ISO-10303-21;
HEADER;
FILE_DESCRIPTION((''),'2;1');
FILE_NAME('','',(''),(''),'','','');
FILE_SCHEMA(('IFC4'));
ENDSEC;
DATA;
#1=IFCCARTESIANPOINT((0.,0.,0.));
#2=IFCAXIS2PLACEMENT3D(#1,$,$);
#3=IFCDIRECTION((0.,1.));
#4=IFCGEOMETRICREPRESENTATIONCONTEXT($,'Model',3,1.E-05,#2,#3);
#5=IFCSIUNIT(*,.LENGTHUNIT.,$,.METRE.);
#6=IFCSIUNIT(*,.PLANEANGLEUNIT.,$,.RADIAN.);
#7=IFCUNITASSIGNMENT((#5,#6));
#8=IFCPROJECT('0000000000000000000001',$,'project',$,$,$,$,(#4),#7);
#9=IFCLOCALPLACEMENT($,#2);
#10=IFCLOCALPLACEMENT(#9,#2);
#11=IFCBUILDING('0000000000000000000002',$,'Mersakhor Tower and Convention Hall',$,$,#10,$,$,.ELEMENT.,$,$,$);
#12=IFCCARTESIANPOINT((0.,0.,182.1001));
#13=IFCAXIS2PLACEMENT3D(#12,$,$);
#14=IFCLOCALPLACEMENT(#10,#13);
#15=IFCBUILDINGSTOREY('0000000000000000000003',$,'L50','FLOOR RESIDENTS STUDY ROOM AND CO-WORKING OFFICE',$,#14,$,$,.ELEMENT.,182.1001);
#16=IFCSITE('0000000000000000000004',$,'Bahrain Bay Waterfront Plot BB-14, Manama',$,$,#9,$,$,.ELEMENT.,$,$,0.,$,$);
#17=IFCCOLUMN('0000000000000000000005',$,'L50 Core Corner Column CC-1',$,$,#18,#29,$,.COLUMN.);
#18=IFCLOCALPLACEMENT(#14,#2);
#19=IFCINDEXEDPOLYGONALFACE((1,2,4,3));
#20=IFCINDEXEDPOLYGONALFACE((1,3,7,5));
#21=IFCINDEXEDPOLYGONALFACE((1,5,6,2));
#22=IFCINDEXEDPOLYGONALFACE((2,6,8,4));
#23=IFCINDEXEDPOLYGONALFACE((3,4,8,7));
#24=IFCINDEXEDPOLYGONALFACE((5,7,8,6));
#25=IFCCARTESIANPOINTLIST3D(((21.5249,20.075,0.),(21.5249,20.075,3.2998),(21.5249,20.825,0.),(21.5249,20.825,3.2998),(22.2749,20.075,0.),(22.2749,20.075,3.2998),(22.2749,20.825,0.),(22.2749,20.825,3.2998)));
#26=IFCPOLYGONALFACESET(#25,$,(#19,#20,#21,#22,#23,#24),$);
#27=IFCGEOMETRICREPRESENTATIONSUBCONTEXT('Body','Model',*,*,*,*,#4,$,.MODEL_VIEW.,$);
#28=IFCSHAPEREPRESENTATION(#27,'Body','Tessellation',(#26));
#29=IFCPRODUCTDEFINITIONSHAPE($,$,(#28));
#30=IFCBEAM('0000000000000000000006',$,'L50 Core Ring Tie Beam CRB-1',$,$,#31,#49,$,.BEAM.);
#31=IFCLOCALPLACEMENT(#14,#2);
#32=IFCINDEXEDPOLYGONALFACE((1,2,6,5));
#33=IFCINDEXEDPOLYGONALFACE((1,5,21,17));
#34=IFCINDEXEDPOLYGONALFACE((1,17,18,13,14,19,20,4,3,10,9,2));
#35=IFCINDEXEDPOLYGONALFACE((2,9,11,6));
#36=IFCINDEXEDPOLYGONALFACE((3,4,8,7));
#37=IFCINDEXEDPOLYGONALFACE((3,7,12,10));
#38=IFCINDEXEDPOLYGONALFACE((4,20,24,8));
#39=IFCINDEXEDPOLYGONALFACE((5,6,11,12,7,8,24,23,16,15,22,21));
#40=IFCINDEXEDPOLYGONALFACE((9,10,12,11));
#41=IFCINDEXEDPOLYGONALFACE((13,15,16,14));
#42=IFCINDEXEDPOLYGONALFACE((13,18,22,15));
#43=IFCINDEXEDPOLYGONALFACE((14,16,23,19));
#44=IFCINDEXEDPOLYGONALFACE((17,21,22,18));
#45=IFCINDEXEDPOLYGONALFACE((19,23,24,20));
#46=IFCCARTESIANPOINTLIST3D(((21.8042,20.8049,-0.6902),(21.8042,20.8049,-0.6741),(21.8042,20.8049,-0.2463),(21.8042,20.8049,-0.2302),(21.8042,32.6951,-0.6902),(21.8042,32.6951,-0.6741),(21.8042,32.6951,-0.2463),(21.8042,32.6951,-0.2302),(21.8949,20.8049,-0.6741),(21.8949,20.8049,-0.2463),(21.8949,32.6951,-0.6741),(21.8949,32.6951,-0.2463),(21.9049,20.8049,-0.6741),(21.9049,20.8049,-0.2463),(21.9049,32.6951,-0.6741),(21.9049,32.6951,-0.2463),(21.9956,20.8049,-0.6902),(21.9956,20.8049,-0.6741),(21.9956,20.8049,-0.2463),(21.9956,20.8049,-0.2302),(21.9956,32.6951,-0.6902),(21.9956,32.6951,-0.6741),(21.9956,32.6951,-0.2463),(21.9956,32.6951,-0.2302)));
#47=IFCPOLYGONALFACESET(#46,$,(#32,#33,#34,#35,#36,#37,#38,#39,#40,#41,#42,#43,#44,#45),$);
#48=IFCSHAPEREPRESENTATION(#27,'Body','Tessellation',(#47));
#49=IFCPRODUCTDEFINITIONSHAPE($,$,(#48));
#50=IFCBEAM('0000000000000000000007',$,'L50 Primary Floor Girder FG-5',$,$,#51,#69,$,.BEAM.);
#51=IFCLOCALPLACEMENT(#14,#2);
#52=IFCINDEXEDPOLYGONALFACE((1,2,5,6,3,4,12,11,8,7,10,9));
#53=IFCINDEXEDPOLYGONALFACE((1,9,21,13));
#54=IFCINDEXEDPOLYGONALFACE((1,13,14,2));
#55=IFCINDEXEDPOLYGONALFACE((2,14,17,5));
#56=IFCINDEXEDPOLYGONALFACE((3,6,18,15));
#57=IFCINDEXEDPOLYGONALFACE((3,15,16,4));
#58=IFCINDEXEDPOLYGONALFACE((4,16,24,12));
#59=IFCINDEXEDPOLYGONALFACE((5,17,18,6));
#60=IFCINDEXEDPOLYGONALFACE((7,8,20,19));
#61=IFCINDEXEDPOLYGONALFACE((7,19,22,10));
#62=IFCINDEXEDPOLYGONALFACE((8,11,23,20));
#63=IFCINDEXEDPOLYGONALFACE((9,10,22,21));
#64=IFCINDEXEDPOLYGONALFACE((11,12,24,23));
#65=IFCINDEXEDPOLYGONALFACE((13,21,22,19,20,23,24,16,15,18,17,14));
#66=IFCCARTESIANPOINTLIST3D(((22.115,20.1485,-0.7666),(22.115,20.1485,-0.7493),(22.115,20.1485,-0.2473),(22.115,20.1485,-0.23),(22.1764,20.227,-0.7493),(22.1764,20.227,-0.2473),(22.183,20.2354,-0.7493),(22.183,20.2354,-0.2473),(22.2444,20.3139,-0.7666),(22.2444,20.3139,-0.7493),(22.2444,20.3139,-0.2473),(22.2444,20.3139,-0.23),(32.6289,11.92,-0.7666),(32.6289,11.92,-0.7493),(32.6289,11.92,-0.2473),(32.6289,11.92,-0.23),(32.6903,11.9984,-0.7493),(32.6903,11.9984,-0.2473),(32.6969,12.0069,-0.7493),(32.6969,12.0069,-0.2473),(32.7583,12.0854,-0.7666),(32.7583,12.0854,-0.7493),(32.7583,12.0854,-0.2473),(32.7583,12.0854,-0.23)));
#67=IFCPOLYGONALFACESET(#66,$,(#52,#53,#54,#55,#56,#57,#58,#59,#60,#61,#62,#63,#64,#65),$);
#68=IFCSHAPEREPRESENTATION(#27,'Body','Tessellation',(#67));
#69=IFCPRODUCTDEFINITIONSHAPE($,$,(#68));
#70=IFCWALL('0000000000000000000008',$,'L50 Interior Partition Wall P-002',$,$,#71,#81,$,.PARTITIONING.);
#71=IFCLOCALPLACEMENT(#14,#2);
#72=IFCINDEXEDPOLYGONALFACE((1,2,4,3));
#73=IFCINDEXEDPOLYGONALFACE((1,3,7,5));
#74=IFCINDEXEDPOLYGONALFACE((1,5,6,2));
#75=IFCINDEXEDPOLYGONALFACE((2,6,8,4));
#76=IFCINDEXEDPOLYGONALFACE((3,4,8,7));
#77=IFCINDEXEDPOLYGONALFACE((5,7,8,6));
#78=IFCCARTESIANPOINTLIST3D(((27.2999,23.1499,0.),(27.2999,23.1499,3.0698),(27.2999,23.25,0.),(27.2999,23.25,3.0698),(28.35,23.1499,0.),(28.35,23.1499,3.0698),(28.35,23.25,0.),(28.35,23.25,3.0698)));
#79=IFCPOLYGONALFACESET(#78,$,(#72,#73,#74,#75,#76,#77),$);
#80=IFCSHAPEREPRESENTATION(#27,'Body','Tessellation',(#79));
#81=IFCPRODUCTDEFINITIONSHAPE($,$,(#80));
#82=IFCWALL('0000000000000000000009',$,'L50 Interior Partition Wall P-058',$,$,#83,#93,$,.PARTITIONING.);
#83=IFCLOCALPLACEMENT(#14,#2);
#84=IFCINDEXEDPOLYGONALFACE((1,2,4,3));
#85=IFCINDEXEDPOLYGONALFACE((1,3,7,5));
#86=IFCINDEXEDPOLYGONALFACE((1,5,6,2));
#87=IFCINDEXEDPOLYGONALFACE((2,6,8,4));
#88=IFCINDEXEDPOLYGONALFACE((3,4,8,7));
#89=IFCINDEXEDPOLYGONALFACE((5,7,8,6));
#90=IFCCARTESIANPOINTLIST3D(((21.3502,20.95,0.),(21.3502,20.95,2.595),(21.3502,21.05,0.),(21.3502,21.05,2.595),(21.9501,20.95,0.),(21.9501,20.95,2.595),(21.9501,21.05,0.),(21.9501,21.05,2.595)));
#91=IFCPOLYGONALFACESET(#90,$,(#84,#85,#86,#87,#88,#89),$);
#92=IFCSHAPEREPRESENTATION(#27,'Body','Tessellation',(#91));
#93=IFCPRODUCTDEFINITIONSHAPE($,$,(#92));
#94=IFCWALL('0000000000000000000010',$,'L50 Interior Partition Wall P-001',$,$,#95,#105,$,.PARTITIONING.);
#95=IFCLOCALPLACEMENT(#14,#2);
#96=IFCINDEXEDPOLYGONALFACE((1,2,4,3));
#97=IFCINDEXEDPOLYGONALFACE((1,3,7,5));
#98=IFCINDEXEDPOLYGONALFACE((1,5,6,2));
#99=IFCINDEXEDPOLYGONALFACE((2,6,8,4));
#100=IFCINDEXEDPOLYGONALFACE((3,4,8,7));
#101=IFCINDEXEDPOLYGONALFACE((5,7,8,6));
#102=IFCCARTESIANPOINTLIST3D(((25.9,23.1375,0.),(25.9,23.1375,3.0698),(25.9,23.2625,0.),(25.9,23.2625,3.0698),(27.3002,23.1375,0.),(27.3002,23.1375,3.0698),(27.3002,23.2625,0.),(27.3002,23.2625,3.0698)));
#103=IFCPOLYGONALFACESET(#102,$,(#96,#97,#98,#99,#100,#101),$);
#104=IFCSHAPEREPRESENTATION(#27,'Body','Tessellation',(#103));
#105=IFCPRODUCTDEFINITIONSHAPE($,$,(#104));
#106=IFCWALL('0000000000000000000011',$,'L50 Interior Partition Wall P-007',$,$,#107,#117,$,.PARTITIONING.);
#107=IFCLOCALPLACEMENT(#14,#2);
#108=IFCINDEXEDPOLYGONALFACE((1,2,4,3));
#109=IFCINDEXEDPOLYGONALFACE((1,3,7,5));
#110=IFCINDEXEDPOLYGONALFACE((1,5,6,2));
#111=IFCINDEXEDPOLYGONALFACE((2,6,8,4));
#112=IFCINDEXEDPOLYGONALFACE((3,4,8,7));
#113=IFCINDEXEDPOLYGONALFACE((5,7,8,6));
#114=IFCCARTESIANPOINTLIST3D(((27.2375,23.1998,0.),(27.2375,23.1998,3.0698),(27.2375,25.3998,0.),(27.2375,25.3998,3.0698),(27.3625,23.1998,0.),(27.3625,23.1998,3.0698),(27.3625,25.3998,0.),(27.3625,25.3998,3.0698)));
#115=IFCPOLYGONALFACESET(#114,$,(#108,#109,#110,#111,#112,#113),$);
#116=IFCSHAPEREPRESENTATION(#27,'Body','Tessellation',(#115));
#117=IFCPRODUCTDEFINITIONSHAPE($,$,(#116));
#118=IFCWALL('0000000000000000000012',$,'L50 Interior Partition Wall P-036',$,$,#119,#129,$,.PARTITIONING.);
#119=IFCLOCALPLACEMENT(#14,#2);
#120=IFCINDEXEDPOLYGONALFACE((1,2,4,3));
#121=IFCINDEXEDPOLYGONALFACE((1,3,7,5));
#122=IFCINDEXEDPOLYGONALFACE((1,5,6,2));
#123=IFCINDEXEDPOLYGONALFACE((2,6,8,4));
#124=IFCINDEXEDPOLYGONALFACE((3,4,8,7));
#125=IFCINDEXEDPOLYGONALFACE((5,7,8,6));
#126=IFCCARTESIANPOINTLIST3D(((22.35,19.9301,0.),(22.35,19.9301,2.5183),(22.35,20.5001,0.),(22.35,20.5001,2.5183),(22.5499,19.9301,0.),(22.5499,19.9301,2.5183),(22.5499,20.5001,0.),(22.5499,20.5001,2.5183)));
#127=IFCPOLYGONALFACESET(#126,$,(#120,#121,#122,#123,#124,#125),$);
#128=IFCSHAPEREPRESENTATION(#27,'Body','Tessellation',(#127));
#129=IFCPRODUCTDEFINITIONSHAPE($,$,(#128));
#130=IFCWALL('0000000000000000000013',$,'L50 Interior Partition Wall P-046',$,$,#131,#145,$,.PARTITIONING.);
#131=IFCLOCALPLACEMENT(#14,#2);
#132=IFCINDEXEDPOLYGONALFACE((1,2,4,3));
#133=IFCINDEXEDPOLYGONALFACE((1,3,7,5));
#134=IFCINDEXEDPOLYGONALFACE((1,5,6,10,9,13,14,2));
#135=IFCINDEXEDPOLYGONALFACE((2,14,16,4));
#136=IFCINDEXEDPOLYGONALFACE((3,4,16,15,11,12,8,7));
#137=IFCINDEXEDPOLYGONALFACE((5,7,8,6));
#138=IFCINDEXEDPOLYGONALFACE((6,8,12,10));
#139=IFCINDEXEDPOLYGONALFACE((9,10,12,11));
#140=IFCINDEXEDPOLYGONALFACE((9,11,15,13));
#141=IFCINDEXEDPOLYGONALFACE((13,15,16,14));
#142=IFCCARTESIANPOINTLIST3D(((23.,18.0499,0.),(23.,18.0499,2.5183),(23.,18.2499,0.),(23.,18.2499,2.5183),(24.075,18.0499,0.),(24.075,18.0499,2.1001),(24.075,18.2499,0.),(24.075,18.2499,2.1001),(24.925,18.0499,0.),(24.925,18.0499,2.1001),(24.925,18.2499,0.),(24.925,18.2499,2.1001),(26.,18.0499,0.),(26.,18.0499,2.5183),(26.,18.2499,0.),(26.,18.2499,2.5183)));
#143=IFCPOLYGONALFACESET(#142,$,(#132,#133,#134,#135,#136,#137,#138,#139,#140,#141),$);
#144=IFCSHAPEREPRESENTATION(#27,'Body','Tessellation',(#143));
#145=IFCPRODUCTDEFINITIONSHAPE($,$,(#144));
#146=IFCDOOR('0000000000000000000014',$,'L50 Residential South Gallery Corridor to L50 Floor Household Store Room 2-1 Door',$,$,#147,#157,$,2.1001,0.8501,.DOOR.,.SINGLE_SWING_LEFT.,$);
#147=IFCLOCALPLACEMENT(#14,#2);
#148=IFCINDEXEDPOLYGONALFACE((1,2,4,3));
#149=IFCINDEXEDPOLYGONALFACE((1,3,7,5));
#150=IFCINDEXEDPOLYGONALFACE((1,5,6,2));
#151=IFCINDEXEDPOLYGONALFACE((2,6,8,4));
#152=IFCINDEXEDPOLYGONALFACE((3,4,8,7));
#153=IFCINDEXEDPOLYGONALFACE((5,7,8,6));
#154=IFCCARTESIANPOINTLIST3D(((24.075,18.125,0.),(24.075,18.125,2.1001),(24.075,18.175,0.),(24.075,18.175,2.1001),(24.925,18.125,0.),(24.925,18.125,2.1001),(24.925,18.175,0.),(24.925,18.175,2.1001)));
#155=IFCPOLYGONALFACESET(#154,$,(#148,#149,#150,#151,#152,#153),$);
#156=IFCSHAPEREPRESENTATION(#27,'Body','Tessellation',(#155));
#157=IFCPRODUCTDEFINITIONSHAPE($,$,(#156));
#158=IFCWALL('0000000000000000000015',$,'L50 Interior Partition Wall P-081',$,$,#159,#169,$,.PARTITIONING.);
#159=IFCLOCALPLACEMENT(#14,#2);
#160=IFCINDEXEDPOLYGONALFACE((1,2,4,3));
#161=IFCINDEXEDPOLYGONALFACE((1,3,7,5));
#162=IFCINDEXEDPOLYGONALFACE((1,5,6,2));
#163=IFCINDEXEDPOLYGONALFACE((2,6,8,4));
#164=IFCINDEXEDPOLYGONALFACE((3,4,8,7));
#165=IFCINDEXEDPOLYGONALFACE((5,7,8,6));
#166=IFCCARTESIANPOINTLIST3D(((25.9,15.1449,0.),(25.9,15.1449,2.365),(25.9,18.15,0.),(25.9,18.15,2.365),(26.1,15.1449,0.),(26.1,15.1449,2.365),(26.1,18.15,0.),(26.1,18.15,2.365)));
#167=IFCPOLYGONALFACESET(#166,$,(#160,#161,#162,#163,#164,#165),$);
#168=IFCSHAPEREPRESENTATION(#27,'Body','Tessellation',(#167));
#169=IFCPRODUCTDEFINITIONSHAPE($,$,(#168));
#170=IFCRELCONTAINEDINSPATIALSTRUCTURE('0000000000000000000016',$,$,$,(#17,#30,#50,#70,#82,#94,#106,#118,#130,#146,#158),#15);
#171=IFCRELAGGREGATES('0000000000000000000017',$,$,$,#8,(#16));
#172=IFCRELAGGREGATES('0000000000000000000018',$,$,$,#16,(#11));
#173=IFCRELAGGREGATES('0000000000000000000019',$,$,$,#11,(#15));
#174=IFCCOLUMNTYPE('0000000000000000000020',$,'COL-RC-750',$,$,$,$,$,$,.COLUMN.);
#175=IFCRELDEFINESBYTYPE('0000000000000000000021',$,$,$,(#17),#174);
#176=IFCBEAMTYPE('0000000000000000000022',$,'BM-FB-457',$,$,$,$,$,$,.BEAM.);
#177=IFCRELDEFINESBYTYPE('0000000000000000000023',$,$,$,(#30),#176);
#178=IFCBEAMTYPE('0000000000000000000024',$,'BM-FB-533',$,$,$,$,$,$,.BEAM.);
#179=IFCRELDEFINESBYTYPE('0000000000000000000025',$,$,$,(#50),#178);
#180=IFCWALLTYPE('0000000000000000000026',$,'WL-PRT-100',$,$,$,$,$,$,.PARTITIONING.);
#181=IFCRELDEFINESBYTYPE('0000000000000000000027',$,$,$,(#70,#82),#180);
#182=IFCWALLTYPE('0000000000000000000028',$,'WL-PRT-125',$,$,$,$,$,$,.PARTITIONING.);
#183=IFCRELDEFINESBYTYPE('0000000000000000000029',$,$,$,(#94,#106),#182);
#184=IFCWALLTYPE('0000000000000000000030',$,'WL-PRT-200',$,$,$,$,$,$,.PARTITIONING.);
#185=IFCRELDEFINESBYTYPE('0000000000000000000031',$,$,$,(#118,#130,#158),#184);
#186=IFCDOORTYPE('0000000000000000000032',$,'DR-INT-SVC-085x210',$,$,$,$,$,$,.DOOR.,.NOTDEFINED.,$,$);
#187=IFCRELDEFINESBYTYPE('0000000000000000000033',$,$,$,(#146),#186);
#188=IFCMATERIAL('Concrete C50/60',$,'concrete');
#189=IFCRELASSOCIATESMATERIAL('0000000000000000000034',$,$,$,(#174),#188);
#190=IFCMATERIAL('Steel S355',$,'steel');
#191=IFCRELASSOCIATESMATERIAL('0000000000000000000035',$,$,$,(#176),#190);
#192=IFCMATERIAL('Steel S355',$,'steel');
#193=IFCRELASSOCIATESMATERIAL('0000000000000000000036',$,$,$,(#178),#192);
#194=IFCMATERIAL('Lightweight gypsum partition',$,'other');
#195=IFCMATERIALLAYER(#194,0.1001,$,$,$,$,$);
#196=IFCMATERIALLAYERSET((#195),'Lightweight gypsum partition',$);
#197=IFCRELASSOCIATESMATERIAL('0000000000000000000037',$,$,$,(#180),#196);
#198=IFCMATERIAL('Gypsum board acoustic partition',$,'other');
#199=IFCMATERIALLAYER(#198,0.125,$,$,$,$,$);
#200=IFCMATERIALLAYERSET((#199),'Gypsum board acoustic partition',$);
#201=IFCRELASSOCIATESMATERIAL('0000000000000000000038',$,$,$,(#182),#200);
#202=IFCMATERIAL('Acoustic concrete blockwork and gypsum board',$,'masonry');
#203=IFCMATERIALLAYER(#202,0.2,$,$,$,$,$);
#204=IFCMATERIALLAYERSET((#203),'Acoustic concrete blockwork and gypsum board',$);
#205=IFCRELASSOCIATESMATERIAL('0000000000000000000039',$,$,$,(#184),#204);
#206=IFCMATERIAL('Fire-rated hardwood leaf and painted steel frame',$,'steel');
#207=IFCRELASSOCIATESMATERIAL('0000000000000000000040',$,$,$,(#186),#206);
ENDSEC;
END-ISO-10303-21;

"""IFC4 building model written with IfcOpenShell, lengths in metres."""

from ifc_helpers import new_model, si_unit, direction, frame, frame_2d, origin, origin_2d, place, context, subcontext, project, spatial, rectangle, i_section, extrude, material, layer, layer_set, material_profile, profile_set, type_object, element, fill, save


model = new_model("IFC4")

# Units and contexts
model_context = context("Model", 3, precision=1e-05, world=origin(), true_north=direction((0.0, 1.0)))
body_context = subcontext(model_context, "Body", "Model", "MODEL_VIEW")
ifc_project = project(units=[si_unit("LENGTHUNIT", "METRE"), si_unit("PLANEANGLEUNIT", "RADIAN")], contexts=[model_context])

# Site, building, storey
site_placement = place(None, origin())
site = spatial("IfcSite", under=ifc_project, at=site_placement, Name="Bahrain Bay Waterfront Plot BB-14, Manama", CompositionType="ELEMENT", RefElevation=0.0)
building_placement = place(site_placement, origin())
building = spatial("IfcBuilding", under=site, at=building_placement, Name="Mersakhor Tower and Convention Hall", CompositionType="ELEMENT")
storey_placement = place(building_placement, frame((0.0, 0.0, 182.1001)))
storey = spatial("IfcBuildingStorey", under=building, at=storey_placement, Name="L50", Description="FLOOR RESIDENTS STUDY ROOM AND CO-WORKING OFFICE", CompositionType="ELEMENT", Elevation=182.1001)

# Column
ifc_material_1 = material(Name="Concrete C50/60", Category="concrete")
ifc_material_profile_1 = material_profile(ifc_material_1, rectangle(XDim=0.75, YDim=0.75, at=origin_2d()), Name="RC 750x750")
ifc_profile_set_1 = profile_set([ifc_material_profile_1], Name="Concrete C50/60")
column_type = type_object("IfcColumnType", Name="COL-RC-750", PredefinedType="COLUMN", material=ifc_profile_set_1)
column_placement = place(storey_placement, frame((21.8999, 20.45, 0.0), z_axis=(0.0, 0.0, 1.0), x_axis=(1.0, 0.0, 0.0)))
element("IfcColumn", 1, at=column_placement, inside=storey, type_object=column_type, Name="L50 Core Corner Column CC-1", PredefinedType="COLUMN", context=body_context, shape_type="SweptSolid", body=[
    extrude(rectangle(XDim=0.75, YDim=0.75, at=origin_2d()), origin(), (0.0, 0.0, 1.0), 3.2998),
])

# Beams
ifc_material_2 = material(Name="Steel S355", Category="steel")
ifc_material_profile_2 = material_profile(ifc_material_2, i_section(OverallWidth=0.1914, OverallDepth=0.46, WebThickness=0.01, FlangeThickness=0.0161, at=origin_2d()), Name="UB 457x191x82")
ifc_profile_set_2 = profile_set([ifc_material_profile_2], Name="Steel S355")
beam_type_1 = type_object("IfcBeamType", Name="BM-FB-457", PredefinedType="BEAM", material=ifc_profile_set_2)
beam_1_placement = place(storey_placement, frame((21.8999, 20.8049, -0.4602), z_axis=(0.0, 1.0, 0.0), x_axis=(-1.0, 0.0, 0.0)))
element("IfcBeam", 2, at=beam_1_placement, inside=storey, type_object=beam_type_1, Name="L50 Core Ring Tie Beam CRB-1", PredefinedType="BEAM", context=body_context, shape_type="SweptSolid", body=[
    extrude(i_section(OverallWidth=0.1914, OverallDepth=0.46, WebThickness=0.01, FlangeThickness=0.0161, at=origin_2d()), origin(), (0.0, 0.0, 1.0), 11.8901),
])
ifc_material_3 = material(Name="Steel S355", Category="steel")
ifc_material_profile_3 = material_profile(ifc_material_3, i_section(OverallWidth=0.21, OverallDepth=0.5366, WebThickness=0.0107, FlangeThickness=0.0173, at=origin_2d()), Name="UB 533x210x101")
ifc_profile_set_3 = profile_set([ifc_material_profile_3], Name="Steel S355")
beam_type_2 = type_object("IfcBeamType", Name="BM-FB-533", PredefinedType="BEAM", material=ifc_profile_set_3)
beam_2_placement = place(storey_placement, frame((22.1797, 20.2312, -0.4983), z_axis=(0.787497, -0.616319, 0.0), x_axis=(0.616319, 0.787497, 0.0)))
element("IfcBeam", 3, at=beam_2_placement, inside=storey, type_object=beam_type_2, Name="L50 Primary Floor Girder FG-5", PredefinedType="BEAM", context=body_context, shape_type="SweptSolid", body=[
    extrude(i_section(OverallWidth=0.21, OverallDepth=0.5366, WebThickness=0.0107, FlangeThickness=0.0173, at=origin_2d()), origin(), (0.0, 0.0, 1.0), 13.3511),
])

# Walls
ifc_material_4 = material(Name="Lightweight gypsum partition", Category="other")
ifc_layer_1 = layer(ifc_material_4, 0.1001)
ifc_layer_set_1 = layer_set([ifc_layer_1], Name="Lightweight gypsum partition")
wall_type_1 = type_object("IfcWallType", Name="WL-PRT-100", PredefinedType="PARTITIONING", material=ifc_layer_set_1)
wall_1_placement = place(storey_placement, frame((27.3, 23.2, 0.0), z_axis=(0.0, 0.0, 1.0), x_axis=(1.0, 0.0, 0.0)))
element("IfcWall", 4, at=wall_1_placement, inside=storey, type_object=wall_type_1, Name="L50 Interior Partition Wall P-002", PredefinedType="PARTITIONING", context=body_context, shape_type="SweptSolid", body=[
    extrude(rectangle(XDim=1.05, YDim=0.1001, at=frame_2d((0.5249, 0.0))), origin(), (0.0, 0.0, 1.0), 3.0698),
])
wall_2_placement = place(storey_placement, frame((21.95, 21.0, 0.0), z_axis=(0.0, 0.0, 1.0), x_axis=(-1.0, 0.0, 0.0)))
element("IfcWall", 5, at=wall_2_placement, inside=storey, type_object=wall_type_1, Name="L50 Interior Partition Wall P-058", PredefinedType="PARTITIONING", context=body_context, shape_type="SweptSolid", body=[
    extrude(rectangle(XDim=0.5999, YDim=0.1001, at=frame_2d((0.2998, 0.0))), origin(), (0.0, 0.0, 1.0), 2.595),
])
ifc_material_5 = material(Name="Gypsum board acoustic partition", Category="other")
ifc_layer_2 = layer(ifc_material_5, 0.125)
ifc_layer_set_2 = layer_set([ifc_layer_2], Name="Gypsum board acoustic partition")
wall_type_2 = type_object("IfcWallType", Name="WL-PRT-125", PredefinedType="PARTITIONING", material=ifc_layer_set_2)
wall_3_placement = place(storey_placement, frame((25.8999, 23.2, 0.0), z_axis=(0.0, 0.0, 1.0), x_axis=(1.0, 0.0, 0.0)))
element("IfcWall", 6, at=wall_3_placement, inside=storey, type_object=wall_type_2, Name="L50 Interior Partition Wall P-001", PredefinedType="PARTITIONING", context=body_context, shape_type="SweptSolid", body=[
    extrude(rectangle(XDim=1.4001, YDim=0.125, at=frame_2d((0.7002, 0.0))), origin(), (0.0, 0.0, 1.0), 3.0698),
])
wall_4_placement = place(storey_placement, frame((27.3, 25.3999, 0.0), z_axis=(0.0, 0.0, 1.0), x_axis=(0.0, -1.0, 0.0)))
element("IfcWall", 7, at=wall_4_placement, inside=storey, type_object=wall_type_2, Name="L50 Interior Partition Wall P-007", PredefinedType="PARTITIONING", context=body_context, shape_type="SweptSolid", body=[
    extrude(rectangle(XDim=2.2, YDim=0.125, at=frame_2d((1.1001, 0.0))), origin(), (0.0, 0.0, 1.0), 3.0698),
])

# Shared definitions
ifc_material_6 = material(Name="Acoustic concrete blockwork and gypsum board", Category="masonry")
ifc_layer_3 = layer(ifc_material_6, 0.2)
ifc_layer_set_3 = layer_set([ifc_layer_3], Name="Acoustic concrete blockwork and gypsum board")
wall_type_3 = type_object("IfcWallType", Name="WL-PRT-200", PredefinedType="PARTITIONING", material=ifc_layer_set_3)

# Wall
wall_5_placement = place(storey_placement, frame((22.45, 19.9299, 0.0), z_axis=(0.0, 0.0, 1.0), x_axis=(0.0, 1.0, 0.0)))
element("IfcWall", 8, at=wall_5_placement, inside=storey, type_object=wall_type_3, Name="L50 Interior Partition Wall P-036", PredefinedType="PARTITIONING", context=body_context, shape_type="SweptSolid", body=[
    extrude(rectangle(XDim=0.5701, YDim=0.2, at=frame_2d((0.2852, 0.0))), origin(), (0.0, 0.0, 1.0), 2.5183),
])

# Wall, opening, door
wall_6_placement = place(storey_placement, frame((26.0, 18.1499, 0.0), z_axis=(0.0, 0.0, 1.0), x_axis=(-1.0, 0.0, 0.0)))
wall_6 = element("IfcWall", 9, at=wall_6_placement, inside=storey, type_object=wall_type_3, Name="L50 Interior Partition Wall P-046", PredefinedType="PARTITIONING", context=body_context, shape_type="SweptSolid", body=[
    extrude(rectangle(XDim=3.0, YDim=0.2, at=frame_2d((1.5, 0.0))), origin(), (0.0, 0.0, 1.0), 2.5183),
])
opening_1_placement = place(wall_6_placement, frame((1.075, 0.0, 0.0)))
opening_1 = element("IfcOpeningElement", 10, at=opening_1_placement, cuts=wall_6, PredefinedType="OPENING", context=body_context, shape_type="SweptSolid", body=[
    extrude(rectangle(XDim=0.8501, YDim=2.1001, at=frame_2d((0.425, 1.05))), frame((0.0, 0.1099, 0.0), z_axis=(0.0, -1.0, 0.0), x_axis=(1.0, 0.0, 0.0)), (0.0, 0.0, 1.0), 0.22),
])
ifc_material_7 = material(Name="Fire-rated hardwood leaf and painted steel frame", Category="steel")
door_type_1 = type_object("IfcDoorType", Name="DR-INT-SVC-085x210", OperationType="NOTDEFINED", PredefinedType="DOOR", material=ifc_material_7)
door_1_placement = place(opening_1_placement, origin())
door_1 = element("IfcDoor", 11, at=door_1_placement, inside=storey, type_object=door_type_1, Name="L50 Residential South Gallery Corridor to L50 Floor Household Store Room 2-1 Door", OperationType="SINGLE_SWING_LEFT", OverallHeight=2.1001, OverallWidth=0.8501, PredefinedType="DOOR", context=body_context, shape_type="SweptSolid", body=[
    extrude(rectangle(XDim=0.8501, YDim=2.1001, at=frame_2d((0.425, 1.05))), frame((0.0, 0.0249, 0.0), z_axis=(0.0, -1.0, 0.0), x_axis=(1.0, 0.0, 0.0)), (0.0, 0.0, 1.0), 0.05),
])
fill(opening_1, door_1)

# Wall
wall_7_placement = place(storey_placement, frame((26.0, 18.1499, 0.0), z_axis=(0.0, 0.0, 1.0), x_axis=(0.0, -1.0, 0.0)))
element("IfcWall", 12, at=wall_7_placement, inside=storey, type_object=wall_type_3, Name="L50 Interior Partition Wall P-081", PredefinedType="PARTITIONING", context=body_context, shape_type="SweptSolid", body=[
    extrude(rectangle(XDim=3.0051, YDim=0.2, at=frame_2d((1.5024, 0.0))), origin(), (0.0, 0.0, 1.0), 2.365),
])

save(model, "model.ifc")
